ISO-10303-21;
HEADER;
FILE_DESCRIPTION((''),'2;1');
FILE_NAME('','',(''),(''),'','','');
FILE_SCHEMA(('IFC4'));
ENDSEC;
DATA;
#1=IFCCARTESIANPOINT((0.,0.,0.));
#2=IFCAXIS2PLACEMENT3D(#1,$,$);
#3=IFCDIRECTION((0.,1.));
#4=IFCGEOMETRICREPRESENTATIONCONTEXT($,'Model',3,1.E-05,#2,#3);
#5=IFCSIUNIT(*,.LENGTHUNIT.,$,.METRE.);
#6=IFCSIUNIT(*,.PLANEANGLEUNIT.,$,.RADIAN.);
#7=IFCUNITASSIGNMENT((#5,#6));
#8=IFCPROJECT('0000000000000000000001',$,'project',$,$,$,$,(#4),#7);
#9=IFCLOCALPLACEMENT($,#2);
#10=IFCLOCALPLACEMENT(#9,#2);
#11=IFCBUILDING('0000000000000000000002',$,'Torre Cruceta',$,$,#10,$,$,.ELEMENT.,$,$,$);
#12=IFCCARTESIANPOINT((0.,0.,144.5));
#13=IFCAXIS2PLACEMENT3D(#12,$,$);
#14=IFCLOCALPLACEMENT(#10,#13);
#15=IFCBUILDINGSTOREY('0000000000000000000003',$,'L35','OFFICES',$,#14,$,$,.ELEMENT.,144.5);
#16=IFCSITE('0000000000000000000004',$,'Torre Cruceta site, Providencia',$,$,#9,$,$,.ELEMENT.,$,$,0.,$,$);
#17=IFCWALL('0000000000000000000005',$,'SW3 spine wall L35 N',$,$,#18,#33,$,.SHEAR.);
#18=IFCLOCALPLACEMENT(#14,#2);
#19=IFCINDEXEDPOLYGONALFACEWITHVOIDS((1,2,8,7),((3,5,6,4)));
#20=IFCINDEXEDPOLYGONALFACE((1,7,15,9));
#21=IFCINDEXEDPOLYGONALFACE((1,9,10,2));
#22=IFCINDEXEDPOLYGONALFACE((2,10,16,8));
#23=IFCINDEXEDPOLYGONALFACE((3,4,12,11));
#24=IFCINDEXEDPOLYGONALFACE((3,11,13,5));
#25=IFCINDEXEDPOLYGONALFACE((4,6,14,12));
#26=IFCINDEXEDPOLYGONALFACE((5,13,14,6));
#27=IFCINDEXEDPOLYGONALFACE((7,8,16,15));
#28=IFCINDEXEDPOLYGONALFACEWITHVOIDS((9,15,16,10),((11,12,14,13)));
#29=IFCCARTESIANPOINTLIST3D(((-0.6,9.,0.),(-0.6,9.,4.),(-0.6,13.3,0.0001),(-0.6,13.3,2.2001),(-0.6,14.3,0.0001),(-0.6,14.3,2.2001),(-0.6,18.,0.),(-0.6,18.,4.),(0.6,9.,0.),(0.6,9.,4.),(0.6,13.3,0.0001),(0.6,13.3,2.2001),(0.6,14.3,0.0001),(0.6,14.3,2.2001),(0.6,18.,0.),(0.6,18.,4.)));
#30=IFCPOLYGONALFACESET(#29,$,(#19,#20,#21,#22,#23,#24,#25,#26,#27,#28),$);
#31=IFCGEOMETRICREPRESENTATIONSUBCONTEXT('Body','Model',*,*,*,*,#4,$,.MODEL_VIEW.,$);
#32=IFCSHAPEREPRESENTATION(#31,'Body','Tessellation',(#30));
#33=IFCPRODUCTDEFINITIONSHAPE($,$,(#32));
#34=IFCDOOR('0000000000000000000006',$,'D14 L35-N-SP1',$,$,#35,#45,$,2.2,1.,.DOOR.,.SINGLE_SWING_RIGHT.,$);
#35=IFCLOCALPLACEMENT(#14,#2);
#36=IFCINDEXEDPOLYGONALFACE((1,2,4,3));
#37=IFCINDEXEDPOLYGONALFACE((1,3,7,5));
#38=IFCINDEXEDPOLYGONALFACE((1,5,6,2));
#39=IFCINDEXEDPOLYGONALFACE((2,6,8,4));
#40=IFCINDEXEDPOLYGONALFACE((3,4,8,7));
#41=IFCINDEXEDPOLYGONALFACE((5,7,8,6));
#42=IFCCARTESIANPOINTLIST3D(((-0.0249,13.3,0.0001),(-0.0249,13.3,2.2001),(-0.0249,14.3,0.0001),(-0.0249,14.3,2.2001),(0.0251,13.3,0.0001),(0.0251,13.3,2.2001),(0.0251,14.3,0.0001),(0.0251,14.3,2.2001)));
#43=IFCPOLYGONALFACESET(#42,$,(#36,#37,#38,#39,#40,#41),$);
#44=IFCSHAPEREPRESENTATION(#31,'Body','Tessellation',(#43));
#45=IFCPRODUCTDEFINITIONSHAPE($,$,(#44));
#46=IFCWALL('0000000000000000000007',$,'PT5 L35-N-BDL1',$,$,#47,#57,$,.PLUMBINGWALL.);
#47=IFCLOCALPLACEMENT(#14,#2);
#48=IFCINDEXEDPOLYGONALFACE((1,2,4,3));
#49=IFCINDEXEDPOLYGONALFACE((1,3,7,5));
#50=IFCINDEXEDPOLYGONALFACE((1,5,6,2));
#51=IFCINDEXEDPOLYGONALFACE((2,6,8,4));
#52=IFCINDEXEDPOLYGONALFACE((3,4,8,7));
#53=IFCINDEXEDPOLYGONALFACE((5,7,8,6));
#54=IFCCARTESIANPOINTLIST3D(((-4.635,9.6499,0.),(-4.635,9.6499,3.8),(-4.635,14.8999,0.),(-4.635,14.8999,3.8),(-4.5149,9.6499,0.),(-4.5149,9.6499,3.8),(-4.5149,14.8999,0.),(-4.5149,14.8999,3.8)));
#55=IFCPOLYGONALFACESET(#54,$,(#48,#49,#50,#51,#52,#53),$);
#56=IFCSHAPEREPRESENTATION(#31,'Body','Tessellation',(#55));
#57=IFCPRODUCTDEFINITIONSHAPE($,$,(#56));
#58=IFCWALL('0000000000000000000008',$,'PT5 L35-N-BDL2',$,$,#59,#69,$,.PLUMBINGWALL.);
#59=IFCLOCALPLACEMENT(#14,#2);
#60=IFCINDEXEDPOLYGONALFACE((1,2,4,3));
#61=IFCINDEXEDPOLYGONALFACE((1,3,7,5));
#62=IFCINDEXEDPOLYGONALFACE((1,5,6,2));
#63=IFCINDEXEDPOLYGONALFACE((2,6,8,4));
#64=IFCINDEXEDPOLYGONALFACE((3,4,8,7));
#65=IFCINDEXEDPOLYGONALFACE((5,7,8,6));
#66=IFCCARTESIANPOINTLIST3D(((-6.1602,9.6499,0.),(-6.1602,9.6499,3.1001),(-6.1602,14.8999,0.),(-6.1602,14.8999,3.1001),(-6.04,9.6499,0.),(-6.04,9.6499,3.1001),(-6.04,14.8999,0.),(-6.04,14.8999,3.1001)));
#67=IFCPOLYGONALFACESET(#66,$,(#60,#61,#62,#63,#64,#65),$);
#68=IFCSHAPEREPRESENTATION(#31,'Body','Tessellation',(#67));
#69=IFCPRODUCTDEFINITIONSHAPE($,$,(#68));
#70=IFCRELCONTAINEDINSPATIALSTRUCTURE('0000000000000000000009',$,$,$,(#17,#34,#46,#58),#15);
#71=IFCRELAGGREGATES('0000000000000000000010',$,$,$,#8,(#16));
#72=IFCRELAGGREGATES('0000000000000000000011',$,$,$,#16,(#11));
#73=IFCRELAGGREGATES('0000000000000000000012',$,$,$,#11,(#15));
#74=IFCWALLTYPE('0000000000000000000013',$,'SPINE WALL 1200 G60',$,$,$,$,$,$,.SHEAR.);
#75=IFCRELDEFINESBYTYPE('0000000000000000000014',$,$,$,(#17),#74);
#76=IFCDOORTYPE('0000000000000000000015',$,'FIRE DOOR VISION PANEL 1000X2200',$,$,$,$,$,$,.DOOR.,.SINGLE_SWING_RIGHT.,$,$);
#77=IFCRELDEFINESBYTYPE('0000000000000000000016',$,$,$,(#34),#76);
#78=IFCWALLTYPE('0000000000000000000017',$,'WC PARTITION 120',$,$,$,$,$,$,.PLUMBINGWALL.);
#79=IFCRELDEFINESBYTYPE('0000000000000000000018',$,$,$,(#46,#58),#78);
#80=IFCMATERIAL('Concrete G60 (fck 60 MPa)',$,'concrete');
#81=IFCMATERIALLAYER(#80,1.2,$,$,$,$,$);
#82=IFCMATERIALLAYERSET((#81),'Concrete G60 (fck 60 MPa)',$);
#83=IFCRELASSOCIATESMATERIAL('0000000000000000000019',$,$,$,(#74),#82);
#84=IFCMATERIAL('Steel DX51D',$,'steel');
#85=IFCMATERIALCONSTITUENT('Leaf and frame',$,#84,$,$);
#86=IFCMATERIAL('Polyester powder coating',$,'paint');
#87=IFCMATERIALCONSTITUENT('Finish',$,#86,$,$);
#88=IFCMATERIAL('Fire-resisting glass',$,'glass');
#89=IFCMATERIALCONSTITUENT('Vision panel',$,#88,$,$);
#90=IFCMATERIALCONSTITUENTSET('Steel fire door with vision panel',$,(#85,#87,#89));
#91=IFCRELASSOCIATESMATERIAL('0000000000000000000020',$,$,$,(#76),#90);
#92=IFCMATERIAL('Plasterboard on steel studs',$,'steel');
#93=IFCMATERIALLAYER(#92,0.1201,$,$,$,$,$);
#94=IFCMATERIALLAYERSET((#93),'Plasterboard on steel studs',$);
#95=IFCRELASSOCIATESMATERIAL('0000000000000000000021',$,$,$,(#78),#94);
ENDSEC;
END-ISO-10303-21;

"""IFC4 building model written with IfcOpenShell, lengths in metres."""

from ifc_helpers import new_model, si_unit, direction, frame, frame_2d, origin, place, context, subcontext, project, spatial, rectangle, extrude, material, layer, layer_set, constituent, constituent_set, type_object, element, fill, save


model = new_model("IFC4")

# Units and contexts
model_context = context("Model", 3, precision=1e-05, world=origin(), true_north=direction((0.0, 1.0)))
body_context = subcontext(model_context, "Body", "Model", "MODEL_VIEW")
ifc_project = project(units=[si_unit("LENGTHUNIT", "METRE"), si_unit("PLANEANGLEUNIT", "RADIAN")], contexts=[model_context])

# Site, building, storey
site_placement = place(None, origin())
site = spatial("IfcSite", under=ifc_project, at=site_placement, Name="Torre Cruceta site, Providencia", CompositionType="ELEMENT", RefElevation=0.0)
building_placement = place(site_placement, origin())
building = spatial("IfcBuilding", under=site, at=building_placement, Name="Torre Cruceta", CompositionType="ELEMENT")
storey_placement = place(building_placement, frame((0.0, 0.0, 144.5)))
storey = spatial("IfcBuildingStorey", under=building, at=storey_placement, Name="L35", Description="OFFICES", CompositionType="ELEMENT", Elevation=144.5)

# Wall, opening, door
ifc_material_1 = material(Name="Concrete G60 (fck 60 MPa)", Category="concrete")
ifc_layer_1 = layer(ifc_material_1, 1.2)
ifc_layer_set_1 = layer_set([ifc_layer_1], Name="Concrete G60 (fck 60 MPa)")
wall_type_1 = type_object("IfcWallType", Name="SPINE WALL 1200 G60", PredefinedType="SHEAR", material=ifc_layer_set_1)
wall_1_placement = place(storey_placement, frame((0.0, 9.0, 0.0), z_axis=(0.0, 0.0, 1.0), x_axis=(0.0, 1.0, 0.0)))
wall_1 = element("IfcWall", 1, at=wall_1_placement, inside=storey, type_object=wall_type_1, Name="SW3 spine wall L35 N", PredefinedType="SHEAR", context=body_context, shape_type="SweptSolid", body=[
    extrude(rectangle(XDim=9.0, YDim=1.2, at=frame_2d((4.5, 0.0))), origin(), (0.0, 0.0, 1.0), 4.0),
])
opening_1_placement = place(wall_1_placement, frame((4.3, 0.0, 0.0)))
opening_1 = element("IfcOpeningElement", 2, at=opening_1_placement, cuts=wall_1, PredefinedType="OPENING", context=body_context, shape_type="SweptSolid", body=[
    extrude(rectangle(XDim=1.0, YDim=2.2, at=frame_2d((0.5, 1.1001))), frame((0.0, 0.6099, 0.0), z_axis=(0.0, -1.0, 0.0), x_axis=(1.0, 0.0, 0.0)), (0.0, 0.0, 1.0), 1.22),
])
ifc_material_2 = material(Name="Steel DX51D", Category="steel")
ifc_constituent_1 = constituent(ifc_material_2, Name="Leaf and frame")
ifc_material_3 = material(Name="Polyester powder coating", Category="paint")
ifc_constituent_2 = constituent(ifc_material_3, Name="Finish")
ifc_material_4 = material(Name="Fire-resisting glass", Category="glass")
ifc_constituent_3 = constituent(ifc_material_4, Name="Vision panel")
ifc_constituent_set_1 = constituent_set(constituents=[ifc_constituent_1, ifc_constituent_2, ifc_constituent_3], Name="Steel fire door with vision panel")
door_type_1 = type_object("IfcDoorType", Name="FIRE DOOR VISION PANEL 1000X2200", OperationType="SINGLE_SWING_RIGHT", PredefinedType="DOOR", material=ifc_constituent_set_1)
door_1_placement = place(opening_1_placement, origin())
door_1 = element("IfcDoor", 3, at=door_1_placement, inside=storey, type_object=door_type_1, Name="D14 L35-N-SP1", OperationType="SINGLE_SWING_RIGHT", OverallHeight=2.2, OverallWidth=1.0, PredefinedType="DOOR", context=body_context, shape_type="SweptSolid", body=[
    extrude(rectangle(XDim=1.0, YDim=2.2, at=frame_2d((0.5, 1.1001))), frame((0.0, 0.0249, 0.0), z_axis=(0.0, -1.0, 0.0), x_axis=(1.0, 0.0, 0.0)), (0.0, 0.0, 1.0), 0.05),
])
fill(opening_1, door_1)

# Walls
ifc_material_5 = material(Name="Plasterboard on steel studs", Category="steel")
ifc_layer_2 = layer(ifc_material_5, 0.1201)
ifc_layer_set_2 = layer_set([ifc_layer_2], Name="Plasterboard on steel studs")
wall_type_2 = type_object("IfcWallType", Name="WC PARTITION 120", PredefinedType="PLUMBINGWALL", material=ifc_layer_set_2)
wall_2_placement = place(storey_placement, frame((-4.575, 9.6499, 0.0), z_axis=(0.0, 0.0, 1.0), x_axis=(0.0, 1.0, 0.0)))
element("IfcWall", 4, at=wall_2_placement, inside=storey, type_object=wall_type_2, Name="PT5 L35-N-BDL1", PredefinedType="PLUMBINGWALL", context=body_context, shape_type="SweptSolid", body=[
    extrude(rectangle(XDim=5.25, YDim=0.1201, at=frame_2d((2.625, 0.0))), origin(), (0.0, 0.0, 1.0), 3.8),
])
wall_3_placement = place(storey_placement, frame((-6.1001, 9.6499, 0.0), z_axis=(0.0, 0.0, 1.0), x_axis=(0.0, 1.0, 0.0)))
element("IfcWall", 5, at=wall_3_placement, inside=storey, type_object=wall_type_2, Name="PT5 L35-N-BDL2", PredefinedType="PLUMBINGWALL", context=body_context, shape_type="SweptSolid", body=[
    extrude(rectangle(XDim=5.25, YDim=0.1201, at=frame_2d((2.625, 0.0))), origin(), (0.0, 0.0, 1.0), 3.1001),
])

save(model, "model.ifc")
